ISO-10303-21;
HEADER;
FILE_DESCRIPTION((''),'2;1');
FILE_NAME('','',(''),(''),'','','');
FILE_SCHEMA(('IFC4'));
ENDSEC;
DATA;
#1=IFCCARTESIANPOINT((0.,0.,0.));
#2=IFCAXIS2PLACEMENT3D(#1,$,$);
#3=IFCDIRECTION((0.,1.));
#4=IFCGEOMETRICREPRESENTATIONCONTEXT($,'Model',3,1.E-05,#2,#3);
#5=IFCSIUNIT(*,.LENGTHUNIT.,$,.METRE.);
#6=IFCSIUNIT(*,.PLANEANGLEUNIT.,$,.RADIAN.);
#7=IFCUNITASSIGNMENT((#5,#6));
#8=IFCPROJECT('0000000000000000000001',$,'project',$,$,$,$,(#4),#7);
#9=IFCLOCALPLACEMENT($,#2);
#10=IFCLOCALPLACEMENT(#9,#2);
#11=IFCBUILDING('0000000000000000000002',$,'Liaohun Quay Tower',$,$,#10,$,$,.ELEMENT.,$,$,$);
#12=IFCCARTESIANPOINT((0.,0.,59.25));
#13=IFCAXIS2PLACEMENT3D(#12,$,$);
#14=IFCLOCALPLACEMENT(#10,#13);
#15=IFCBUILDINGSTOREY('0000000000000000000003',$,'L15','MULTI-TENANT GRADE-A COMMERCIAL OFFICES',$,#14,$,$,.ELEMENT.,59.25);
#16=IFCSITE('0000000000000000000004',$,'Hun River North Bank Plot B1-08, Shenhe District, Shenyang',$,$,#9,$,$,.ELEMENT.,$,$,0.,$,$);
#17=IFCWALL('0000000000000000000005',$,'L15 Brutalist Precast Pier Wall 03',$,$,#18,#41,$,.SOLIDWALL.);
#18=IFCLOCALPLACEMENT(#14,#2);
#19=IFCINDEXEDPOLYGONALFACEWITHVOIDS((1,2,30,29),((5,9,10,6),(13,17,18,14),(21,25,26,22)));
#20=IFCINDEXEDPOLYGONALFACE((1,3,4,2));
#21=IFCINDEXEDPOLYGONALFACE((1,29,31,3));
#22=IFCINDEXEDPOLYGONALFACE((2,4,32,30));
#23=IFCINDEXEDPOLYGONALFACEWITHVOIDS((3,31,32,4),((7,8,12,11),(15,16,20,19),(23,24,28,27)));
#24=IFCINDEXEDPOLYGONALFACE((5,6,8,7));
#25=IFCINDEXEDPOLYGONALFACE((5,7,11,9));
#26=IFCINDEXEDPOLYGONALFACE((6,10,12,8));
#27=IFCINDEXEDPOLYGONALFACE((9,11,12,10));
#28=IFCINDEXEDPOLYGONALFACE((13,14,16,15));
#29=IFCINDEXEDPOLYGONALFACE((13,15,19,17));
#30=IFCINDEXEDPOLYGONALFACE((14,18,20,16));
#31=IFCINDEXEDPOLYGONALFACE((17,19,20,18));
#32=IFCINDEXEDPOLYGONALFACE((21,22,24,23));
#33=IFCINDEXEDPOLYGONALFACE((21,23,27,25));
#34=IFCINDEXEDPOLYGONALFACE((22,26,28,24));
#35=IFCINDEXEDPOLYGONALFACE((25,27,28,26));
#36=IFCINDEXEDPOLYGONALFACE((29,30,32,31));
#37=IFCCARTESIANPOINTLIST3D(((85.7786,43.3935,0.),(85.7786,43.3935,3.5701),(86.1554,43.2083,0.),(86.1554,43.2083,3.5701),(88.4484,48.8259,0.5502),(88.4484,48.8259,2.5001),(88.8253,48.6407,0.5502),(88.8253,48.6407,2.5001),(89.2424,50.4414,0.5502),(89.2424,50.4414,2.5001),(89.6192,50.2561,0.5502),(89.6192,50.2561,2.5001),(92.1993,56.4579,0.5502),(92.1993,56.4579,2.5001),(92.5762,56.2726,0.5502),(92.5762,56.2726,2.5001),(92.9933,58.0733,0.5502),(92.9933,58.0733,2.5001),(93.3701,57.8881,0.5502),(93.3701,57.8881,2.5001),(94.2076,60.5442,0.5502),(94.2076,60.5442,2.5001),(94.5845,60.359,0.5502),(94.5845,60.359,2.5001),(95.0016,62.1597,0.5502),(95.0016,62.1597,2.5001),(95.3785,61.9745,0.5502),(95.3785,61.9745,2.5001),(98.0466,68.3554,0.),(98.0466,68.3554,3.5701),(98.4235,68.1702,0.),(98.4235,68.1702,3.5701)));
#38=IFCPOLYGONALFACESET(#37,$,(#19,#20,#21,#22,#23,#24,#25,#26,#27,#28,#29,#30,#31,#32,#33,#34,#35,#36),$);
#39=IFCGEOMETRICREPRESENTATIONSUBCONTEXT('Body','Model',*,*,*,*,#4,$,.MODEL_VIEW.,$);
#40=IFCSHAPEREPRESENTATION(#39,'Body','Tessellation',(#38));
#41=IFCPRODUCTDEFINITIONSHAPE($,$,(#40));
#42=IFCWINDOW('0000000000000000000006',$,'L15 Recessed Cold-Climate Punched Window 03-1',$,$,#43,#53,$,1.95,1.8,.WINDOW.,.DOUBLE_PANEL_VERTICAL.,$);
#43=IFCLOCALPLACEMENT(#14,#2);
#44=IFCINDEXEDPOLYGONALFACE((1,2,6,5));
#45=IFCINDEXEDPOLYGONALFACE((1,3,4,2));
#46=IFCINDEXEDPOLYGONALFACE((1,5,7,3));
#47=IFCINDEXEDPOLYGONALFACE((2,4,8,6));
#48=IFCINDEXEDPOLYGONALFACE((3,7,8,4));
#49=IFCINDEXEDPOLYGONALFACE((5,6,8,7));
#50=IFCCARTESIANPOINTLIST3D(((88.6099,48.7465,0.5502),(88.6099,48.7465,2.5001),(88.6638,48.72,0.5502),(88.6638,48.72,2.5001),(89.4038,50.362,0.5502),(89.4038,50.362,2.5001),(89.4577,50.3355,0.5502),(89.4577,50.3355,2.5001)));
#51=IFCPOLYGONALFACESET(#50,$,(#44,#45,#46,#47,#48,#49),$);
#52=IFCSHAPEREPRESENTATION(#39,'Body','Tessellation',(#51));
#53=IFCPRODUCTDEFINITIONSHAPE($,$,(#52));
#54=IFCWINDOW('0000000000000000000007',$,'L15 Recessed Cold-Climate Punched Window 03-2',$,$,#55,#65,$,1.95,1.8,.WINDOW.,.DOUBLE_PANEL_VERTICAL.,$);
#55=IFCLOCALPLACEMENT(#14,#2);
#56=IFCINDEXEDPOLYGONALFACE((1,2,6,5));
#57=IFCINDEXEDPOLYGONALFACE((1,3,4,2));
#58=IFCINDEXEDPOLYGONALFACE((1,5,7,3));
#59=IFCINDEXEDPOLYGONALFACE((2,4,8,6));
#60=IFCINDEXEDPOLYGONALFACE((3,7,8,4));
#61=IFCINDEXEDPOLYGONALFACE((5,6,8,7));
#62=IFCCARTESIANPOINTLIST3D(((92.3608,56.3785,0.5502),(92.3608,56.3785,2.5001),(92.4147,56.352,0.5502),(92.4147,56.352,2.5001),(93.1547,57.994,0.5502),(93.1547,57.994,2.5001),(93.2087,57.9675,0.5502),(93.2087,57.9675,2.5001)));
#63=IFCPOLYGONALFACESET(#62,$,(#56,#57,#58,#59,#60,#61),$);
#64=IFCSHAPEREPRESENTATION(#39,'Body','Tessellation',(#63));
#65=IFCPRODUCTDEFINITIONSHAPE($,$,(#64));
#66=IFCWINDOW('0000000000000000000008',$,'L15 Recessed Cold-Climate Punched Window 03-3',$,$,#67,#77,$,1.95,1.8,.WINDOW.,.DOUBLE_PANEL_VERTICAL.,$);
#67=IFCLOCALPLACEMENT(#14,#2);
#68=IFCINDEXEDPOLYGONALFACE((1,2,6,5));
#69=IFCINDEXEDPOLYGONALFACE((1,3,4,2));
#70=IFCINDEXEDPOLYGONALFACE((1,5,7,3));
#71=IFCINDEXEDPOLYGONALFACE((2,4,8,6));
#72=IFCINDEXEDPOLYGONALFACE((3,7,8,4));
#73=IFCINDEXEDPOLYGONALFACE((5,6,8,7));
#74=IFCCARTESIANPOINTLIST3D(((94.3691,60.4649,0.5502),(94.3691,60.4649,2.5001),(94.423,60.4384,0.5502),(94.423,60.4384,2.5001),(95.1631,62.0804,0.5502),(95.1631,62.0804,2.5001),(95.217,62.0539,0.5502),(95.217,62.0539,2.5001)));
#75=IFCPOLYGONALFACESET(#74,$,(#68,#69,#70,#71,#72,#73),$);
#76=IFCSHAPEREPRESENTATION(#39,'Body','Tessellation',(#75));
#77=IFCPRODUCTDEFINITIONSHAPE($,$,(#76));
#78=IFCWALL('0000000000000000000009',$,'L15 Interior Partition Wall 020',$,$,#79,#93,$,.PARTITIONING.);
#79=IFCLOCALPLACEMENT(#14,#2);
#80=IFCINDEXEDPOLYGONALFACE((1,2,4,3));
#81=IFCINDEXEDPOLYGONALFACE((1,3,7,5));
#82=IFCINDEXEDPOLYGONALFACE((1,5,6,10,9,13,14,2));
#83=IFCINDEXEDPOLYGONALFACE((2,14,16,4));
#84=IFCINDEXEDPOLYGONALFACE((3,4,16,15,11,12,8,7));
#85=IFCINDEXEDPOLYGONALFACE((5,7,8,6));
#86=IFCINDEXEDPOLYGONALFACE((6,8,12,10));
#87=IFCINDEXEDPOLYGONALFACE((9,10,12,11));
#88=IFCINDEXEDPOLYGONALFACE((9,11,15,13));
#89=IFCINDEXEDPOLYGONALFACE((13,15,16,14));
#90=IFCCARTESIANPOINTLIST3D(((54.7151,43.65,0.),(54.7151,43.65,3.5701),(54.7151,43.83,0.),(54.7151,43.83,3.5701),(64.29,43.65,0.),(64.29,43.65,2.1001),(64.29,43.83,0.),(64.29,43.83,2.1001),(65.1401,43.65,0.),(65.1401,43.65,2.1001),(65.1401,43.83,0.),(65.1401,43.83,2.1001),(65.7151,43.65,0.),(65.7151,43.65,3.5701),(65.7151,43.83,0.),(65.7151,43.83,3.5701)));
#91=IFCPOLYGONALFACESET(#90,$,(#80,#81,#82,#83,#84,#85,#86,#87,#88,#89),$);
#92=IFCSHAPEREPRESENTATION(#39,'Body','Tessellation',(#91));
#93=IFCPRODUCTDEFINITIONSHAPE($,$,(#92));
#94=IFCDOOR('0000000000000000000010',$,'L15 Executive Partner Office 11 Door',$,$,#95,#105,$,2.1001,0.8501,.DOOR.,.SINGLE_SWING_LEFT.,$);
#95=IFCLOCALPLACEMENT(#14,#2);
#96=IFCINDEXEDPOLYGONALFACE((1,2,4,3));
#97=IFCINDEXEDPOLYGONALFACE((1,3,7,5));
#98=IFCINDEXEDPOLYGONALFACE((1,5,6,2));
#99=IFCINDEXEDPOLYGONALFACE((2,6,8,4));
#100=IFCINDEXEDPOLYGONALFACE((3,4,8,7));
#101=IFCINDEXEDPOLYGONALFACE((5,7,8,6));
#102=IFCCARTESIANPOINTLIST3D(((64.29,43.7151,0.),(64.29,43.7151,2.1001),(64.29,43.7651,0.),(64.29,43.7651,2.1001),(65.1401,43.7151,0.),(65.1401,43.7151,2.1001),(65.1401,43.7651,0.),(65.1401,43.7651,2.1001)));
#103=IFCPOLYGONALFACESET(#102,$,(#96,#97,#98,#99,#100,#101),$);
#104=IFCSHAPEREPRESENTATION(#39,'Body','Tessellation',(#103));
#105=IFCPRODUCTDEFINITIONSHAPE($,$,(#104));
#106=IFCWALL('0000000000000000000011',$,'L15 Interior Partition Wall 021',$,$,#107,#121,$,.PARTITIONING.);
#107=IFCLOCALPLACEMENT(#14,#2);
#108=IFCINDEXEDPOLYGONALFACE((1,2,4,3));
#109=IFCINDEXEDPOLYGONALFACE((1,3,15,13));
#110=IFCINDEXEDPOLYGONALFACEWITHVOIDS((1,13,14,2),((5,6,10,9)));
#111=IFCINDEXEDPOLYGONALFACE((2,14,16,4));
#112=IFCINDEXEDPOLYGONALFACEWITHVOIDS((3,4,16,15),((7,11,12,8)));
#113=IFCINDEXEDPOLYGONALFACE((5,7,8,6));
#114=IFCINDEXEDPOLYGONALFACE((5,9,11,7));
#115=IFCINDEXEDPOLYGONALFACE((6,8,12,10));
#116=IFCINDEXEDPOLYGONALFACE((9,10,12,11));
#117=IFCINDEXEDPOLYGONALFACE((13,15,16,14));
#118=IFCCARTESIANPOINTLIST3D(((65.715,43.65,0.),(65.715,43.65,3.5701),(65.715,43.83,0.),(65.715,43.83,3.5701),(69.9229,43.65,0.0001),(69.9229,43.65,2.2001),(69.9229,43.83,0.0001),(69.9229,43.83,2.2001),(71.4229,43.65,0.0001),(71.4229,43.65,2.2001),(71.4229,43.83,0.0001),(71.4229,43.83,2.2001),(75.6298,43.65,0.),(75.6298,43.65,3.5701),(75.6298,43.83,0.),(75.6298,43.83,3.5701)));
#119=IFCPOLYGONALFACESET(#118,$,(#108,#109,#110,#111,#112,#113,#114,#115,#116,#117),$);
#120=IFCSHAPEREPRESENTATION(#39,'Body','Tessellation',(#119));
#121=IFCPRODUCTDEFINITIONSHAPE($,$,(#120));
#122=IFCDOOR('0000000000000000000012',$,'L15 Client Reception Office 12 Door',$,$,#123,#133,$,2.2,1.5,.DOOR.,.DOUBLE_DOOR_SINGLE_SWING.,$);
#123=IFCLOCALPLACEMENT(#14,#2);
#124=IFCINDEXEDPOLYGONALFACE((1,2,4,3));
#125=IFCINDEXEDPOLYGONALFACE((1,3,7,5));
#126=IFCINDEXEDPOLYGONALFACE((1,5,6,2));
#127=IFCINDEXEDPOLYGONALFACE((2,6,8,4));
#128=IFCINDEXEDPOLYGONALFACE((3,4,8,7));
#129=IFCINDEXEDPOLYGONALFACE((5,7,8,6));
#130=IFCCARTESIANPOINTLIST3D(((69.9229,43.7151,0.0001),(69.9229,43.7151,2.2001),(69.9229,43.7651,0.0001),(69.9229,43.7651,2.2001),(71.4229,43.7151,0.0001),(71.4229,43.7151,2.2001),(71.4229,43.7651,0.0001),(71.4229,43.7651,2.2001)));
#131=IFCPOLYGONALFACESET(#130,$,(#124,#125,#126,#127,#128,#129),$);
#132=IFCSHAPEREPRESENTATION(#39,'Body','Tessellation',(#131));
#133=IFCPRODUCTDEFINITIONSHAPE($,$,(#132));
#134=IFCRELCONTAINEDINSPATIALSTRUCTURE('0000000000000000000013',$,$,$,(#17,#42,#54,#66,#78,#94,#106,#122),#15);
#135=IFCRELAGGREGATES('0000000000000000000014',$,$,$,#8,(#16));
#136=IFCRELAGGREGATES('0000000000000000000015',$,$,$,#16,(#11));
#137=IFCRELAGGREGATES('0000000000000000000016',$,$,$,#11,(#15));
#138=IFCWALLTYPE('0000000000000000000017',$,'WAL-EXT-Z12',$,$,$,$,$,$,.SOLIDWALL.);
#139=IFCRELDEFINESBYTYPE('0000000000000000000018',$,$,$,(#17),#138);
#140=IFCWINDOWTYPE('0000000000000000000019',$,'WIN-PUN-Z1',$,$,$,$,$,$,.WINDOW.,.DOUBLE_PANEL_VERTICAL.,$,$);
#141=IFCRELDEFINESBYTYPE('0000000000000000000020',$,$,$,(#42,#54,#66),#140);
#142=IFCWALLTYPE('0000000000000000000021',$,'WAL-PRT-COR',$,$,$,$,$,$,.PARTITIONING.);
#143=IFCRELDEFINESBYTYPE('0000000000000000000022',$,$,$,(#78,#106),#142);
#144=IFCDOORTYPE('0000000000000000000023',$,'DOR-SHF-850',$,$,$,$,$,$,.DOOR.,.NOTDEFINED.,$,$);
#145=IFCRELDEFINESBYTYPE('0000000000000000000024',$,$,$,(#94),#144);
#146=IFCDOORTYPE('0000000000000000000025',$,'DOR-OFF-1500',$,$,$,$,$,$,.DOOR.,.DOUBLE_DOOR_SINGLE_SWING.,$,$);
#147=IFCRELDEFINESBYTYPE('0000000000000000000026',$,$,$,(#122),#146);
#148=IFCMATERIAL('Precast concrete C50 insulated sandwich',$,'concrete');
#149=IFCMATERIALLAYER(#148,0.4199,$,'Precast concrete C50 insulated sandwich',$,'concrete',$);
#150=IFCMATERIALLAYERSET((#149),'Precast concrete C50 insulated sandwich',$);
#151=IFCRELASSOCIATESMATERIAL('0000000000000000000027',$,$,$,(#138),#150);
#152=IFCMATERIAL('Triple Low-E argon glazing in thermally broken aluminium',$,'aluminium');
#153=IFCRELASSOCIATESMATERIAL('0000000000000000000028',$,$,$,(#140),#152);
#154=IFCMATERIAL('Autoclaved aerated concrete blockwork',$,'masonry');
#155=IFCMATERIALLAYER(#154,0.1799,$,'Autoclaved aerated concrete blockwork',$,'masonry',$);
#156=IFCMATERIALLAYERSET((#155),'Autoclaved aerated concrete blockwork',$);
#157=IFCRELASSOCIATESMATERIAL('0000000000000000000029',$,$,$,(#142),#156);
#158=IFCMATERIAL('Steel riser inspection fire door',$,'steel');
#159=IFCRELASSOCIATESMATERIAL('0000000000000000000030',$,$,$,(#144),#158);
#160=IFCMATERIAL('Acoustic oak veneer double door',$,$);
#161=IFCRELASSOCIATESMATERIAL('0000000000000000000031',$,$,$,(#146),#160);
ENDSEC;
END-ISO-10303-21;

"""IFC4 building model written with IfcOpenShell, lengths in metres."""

from ifc_helpers import new_model, si_unit, direction, frame, frame_2d, origin, place, context, subcontext, project, spatial, rectangle, extrude, source, transform, mapped, material, layer, layer_set, type_object, element, fill, save


model = new_model("IFC4")

# Units and contexts
model_context = context("Model", 3, precision=1e-05, world=origin(), true_north=direction((0.0, 1.0)))
body_context = subcontext(model_context, "Body", "Model", "MODEL_VIEW")
ifc_project = project(units=[si_unit("LENGTHUNIT", "METRE"), si_unit("PLANEANGLEUNIT", "RADIAN")], contexts=[model_context])

# Site, building, storey
site_placement = place(None, origin())
site = spatial("IfcSite", under=ifc_project, at=site_placement, Name="Hun River North Bank Plot B1-08, Shenhe District, Shenyang", CompositionType="ELEMENT", RefElevation=0.0)
building_placement = place(site_placement, origin())
building = spatial("IfcBuilding", under=site, at=building_placement, Name="Liaohun Quay Tower", CompositionType="ELEMENT")
storey_placement = place(building_placement, frame((0.0, 0.0, 59.25)))
storey = spatial("IfcBuildingStorey", under=building, at=storey_placement, Name="L15", Description="MULTI-TENANT GRADE-A COMMERCIAL OFFICES", CompositionType="ELEMENT", Elevation=59.25)

# Shared definitions
ifc_material_1 = material(Name="Precast concrete C50 insulated sandwich", Category="concrete")
ifc_layer_1 = layer(ifc_material_1, 0.4199, Name="Precast concrete C50 insulated sandwich", Category="concrete")
ifc_layer_set_1 = layer_set([ifc_layer_1], Name="Precast concrete C50 insulated sandwich")
wall_type_1 = type_object("IfcWallType", Name="WAL-EXT-Z12", PredefinedType="SOLIDWALL", material=ifc_layer_set_1)

# Wall, openings, windows
shared_shape_1 = source(origin(), body_context, "Body", "SweptSolid", [
    extrude(rectangle(XDim=1.8, YDim=1.95, at=frame_2d((0.8999, 0.9751))), frame((0.0, 0.22, 0.0), z_axis=(0.0, -1.0, 0.0), x_axis=(1.0, 0.0, 0.0)), (0.0, 0.0, 1.0), 0.4399),
])
ifc_material_2 = material(Name="Triple Low-E argon glazing in thermally broken aluminium", Category="aluminium")
window_type_1 = type_object("IfcWindowType", Name="WIN-PUN-Z1", PartitioningType="DOUBLE_PANEL_VERTICAL", PredefinedType="WINDOW", material=ifc_material_2)
shared_shape_2 = source(origin(), body_context, "Body", "SweptSolid", [
    extrude(rectangle(XDim=1.8, YDim=1.95, at=frame_2d((0.8999, 0.9751))), frame((0.0, 0.03, 0.0), z_axis=(0.0, -1.0, 0.0), x_axis=(1.0, 0.0, 0.0)), (0.0, 0.0, 1.0), 0.0601),
])
wall_1_placement = place(storey_placement, frame((85.967, 43.301, 0.0), z_axis=(0.0, 0.0, 1.0), x_axis=(0.44108, 0.897468, 0.0)))
wall_1 = element("IfcWall", 1, at=wall_1_placement, inside=storey, type_object=wall_type_1, Name="L15 Brutalist Precast Pier Wall 03", PredefinedType="SOLIDWALL", context=body_context, shape_type="SweptSolid", body=[
    extrude(rectangle(XDim=27.8137, YDim=0.4199, at=frame_2d((13.9067, 0.0))), origin(), (0.0, 0.0, 1.0), 3.5701),
])
opening_1_placement = place(wall_1_placement, frame((6.053, 0.0, 0.55)))
opening_1 = element("IfcOpeningElement", 2, at=opening_1_placement, cuts=wall_1, PredefinedType="OPENING", context=body_context, shape_type="MappedRepresentation", body=[
    mapped(shared_shape_1, transform((0.0, 0.0, 0.0), x_axis=(1.0, 0.0, 0.0), y_axis=(0.0, 1.0, 0.0), z_axis=(0.0, 0.0, 1.0), scale=1.0)),
])
opening_2_placement = place(wall_1_placement, frame((14.5569, 0.0, 0.55)))
opening_2 = element("IfcOpeningElement", 3, at=opening_2_placement, cuts=wall_1, PredefinedType="OPENING", context=body_context, shape_type="MappedRepresentation", body=[
    mapped(shared_shape_1, transform((0.0, 0.0, 0.0), x_axis=(1.0, 0.0, 0.0), y_axis=(0.0, 1.0, 0.0), z_axis=(0.0, 0.0, 1.0), scale=1.0)),
])
opening_3_placement = place(wall_1_placement, frame((19.1101, 0.0, 0.55)))
opening_3 = element("IfcOpeningElement", 4, at=opening_3_placement, cuts=wall_1, PredefinedType="OPENING", context=body_context, shape_type="MappedRepresentation", body=[
    mapped(shared_shape_1, transform((0.0, 0.0, 0.0), x_axis=(1.0, 0.0, 0.0), y_axis=(0.0, 1.0, 0.0), z_axis=(0.0, 0.0, 1.0), scale=1.0)),
])
window_1_placement = place(opening_1_placement, origin())
window_1 = element("IfcWindow", 5, at=window_1_placement, inside=storey, type_object=window_type_1, Name="L15 Recessed Cold-Climate Punched Window 03-1", OverallHeight=1.95, OverallWidth=1.8, PartitioningType="DOUBLE_PANEL_VERTICAL", PredefinedType="WINDOW", context=body_context, shape_type="MappedRepresentation", body=[
    mapped(shared_shape_2, transform((0.0, 0.0, 0.0), x_axis=(1.0, 0.0, 0.0), y_axis=(0.0, 1.0, 0.0), z_axis=(0.0, 0.0, 1.0), scale=1.0)),
])
fill(opening_1, window_1)
window_2_placement = place(opening_2_placement, origin())
window_2 = element("IfcWindow", 6, at=window_2_placement, inside=storey, type_object=window_type_1, Name="L15 Recessed Cold-Climate Punched Window 03-2", OverallHeight=1.95, OverallWidth=1.8, PartitioningType="DOUBLE_PANEL_VERTICAL", PredefinedType="WINDOW", context=body_context, shape_type="MappedRepresentation", body=[
    mapped(shared_shape_2, transform((0.0, 0.0, 0.0), x_axis=(1.0, 0.0, 0.0), y_axis=(0.0, 1.0, 0.0), z_axis=(0.0, 0.0, 1.0), scale=1.0)),
])
fill(opening_2, window_2)
window_3_placement = place(opening_3_placement, origin())
window_3 = element("IfcWindow", 7, at=window_3_placement, inside=storey, type_object=window_type_1, Name="L15 Recessed Cold-Climate Punched Window 03-3", OverallHeight=1.95, OverallWidth=1.8, PartitioningType="DOUBLE_PANEL_VERTICAL", PredefinedType="WINDOW", context=body_context, shape_type="MappedRepresentation", body=[
    mapped(shared_shape_2, transform((0.0, 0.0, 0.0), x_axis=(1.0, 0.0, 0.0), y_axis=(0.0, 1.0, 0.0), z_axis=(0.0, 0.0, 1.0), scale=1.0)),
])
fill(opening_3, window_3)

# Walls, openings, doors
ifc_material_3 = material(Name="Autoclaved aerated concrete blockwork", Category="masonry")
ifc_layer_2 = layer(ifc_material_3, 0.1799, Name="Autoclaved aerated concrete blockwork", Category="masonry")
ifc_layer_set_2 = layer_set([ifc_layer_2], Name="Autoclaved aerated concrete blockwork")
wall_type_2 = type_object("IfcWallType", Name="WAL-PRT-COR", PredefinedType="PARTITIONING", material=ifc_layer_set_2)
wall_2_placement = place(storey_placement, frame((65.7151, 43.74, 0.0), z_axis=(0.0, 0.0, 1.0), x_axis=(-1.0, 0.0, 0.0)))
wall_2 = element("IfcWall", 8, at=wall_2_placement, inside=storey, type_object=wall_type_2, Name="L15 Interior Partition Wall 020", PredefinedType="PARTITIONING", context=body_context, shape_type="SweptSolid", body=[
    extrude(rectangle(XDim=11.0, YDim=0.1799, at=frame_2d((5.5, 0.0))), origin(), (0.0, 0.0, 1.0), 3.5701),
])
shared_shape_3 = source(origin(), body_context, "Body", "SweptSolid", [
    extrude(rectangle(XDim=0.8501, YDim=2.1001, at=frame_2d((0.425, 1.05))), frame((0.0, 0.0999, 0.0), z_axis=(0.0, -1.0, 0.0), x_axis=(1.0, 0.0, 0.0)), (0.0, 0.0, 1.0), 0.2),
])
opening_4_placement = place(wall_2_placement, frame((0.575, 0.0, 0.0)))
opening_4 = element("IfcOpeningElement", 9, at=opening_4_placement, cuts=wall_2, PredefinedType="OPENING", context=body_context, shape_type="MappedRepresentation", body=[
    mapped(shared_shape_3, transform((0.0, 0.0, 0.0), x_axis=(1.0, 0.0, 0.0), y_axis=(0.0, 1.0, 0.0), z_axis=(0.0, 0.0, 1.0), scale=1.0)),
])
ifc_material_4 = material(Name="Steel riser inspection fire door", Category="steel")
door_type_1 = type_object("IfcDoorType", Name="DOR-SHF-850", OperationType="NOTDEFINED", PredefinedType="DOOR", material=ifc_material_4)
shared_shape_4 = source(origin(), body_context, "Body", "SweptSolid", [
    extrude(rectangle(XDim=0.8501, YDim=2.1001, at=frame_2d((0.425, 1.05))), frame((0.0, 0.0249, 0.0), z_axis=(0.0, -1.0, 0.0), x_axis=(1.0, 0.0, 0.0)), (0.0, 0.0, 1.0), 0.05),
])
door_1_placement = place(opening_4_placement, origin())
door_1 = element("IfcDoor", 10, at=door_1_placement, inside=storey, type_object=door_type_1, Name="L15 Executive Partner Office 11 Door", OperationType="SINGLE_SWING_LEFT", OverallHeight=2.1001, OverallWidth=0.8501, PredefinedType="DOOR", context=body_context, shape_type="MappedRepresentation", body=[
    mapped(shared_shape_4, transform((0.0, 0.0, 0.0), x_axis=(1.0, 0.0, 0.0), y_axis=(0.0, 1.0, 0.0), z_axis=(0.0, 0.0, 1.0), scale=1.0)),
])
fill(opening_4, door_1)
wall_3_placement = place(storey_placement, frame((75.6299, 43.74, 0.0), z_axis=(0.0, 0.0, 1.0), x_axis=(-1.0, 0.0, 0.0)))
wall_3 = element("IfcWall", 11, at=wall_3_placement, inside=storey, type_object=wall_type_2, Name="L15 Interior Partition Wall 021", PredefinedType="PARTITIONING", context=body_context, shape_type="SweptSolid", body=[
    extrude(rectangle(XDim=9.9148, YDim=0.1799, at=frame_2d((4.9575, 0.0))), origin(), (0.0, 0.0, 1.0), 3.5701),
])
shared_shape_5 = source(origin(), body_context, "Body", "SweptSolid", [
    extrude(rectangle(XDim=1.5, YDim=2.2, at=frame_2d((0.75, 1.1001))), frame((0.0, 0.0999, 0.0), z_axis=(0.0, -1.0, 0.0), x_axis=(1.0, 0.0, 0.0)), (0.0, 0.0, 1.0), 0.2),
])
opening_5_placement = place(wall_3_placement, frame((4.207, 0.0, 0.0)))
opening_5 = element("IfcOpeningElement", 12, at=opening_5_placement, cuts=wall_3, PredefinedType="OPENING", context=body_context, shape_type="MappedRepresentation", body=[
    mapped(shared_shape_5, transform((0.0, 0.0, 0.0), x_axis=(1.0, 0.0, 0.0), y_axis=(0.0, 1.0, 0.0), z_axis=(0.0, 0.0, 1.0), scale=1.0)),
])
ifc_material_5 = material(Name="Acoustic oak veneer double door")
door_type_2 = type_object("IfcDoorType", Name="DOR-OFF-1500", OperationType="DOUBLE_DOOR_SINGLE_SWING", PredefinedType="DOOR", material=ifc_material_5)
shared_shape_6 = source(origin(), body_context, "Body", "SweptSolid", [
    extrude(rectangle(XDim=1.5, YDim=2.2, at=frame_2d((0.75, 1.1001))), frame((0.0, 0.0249, 0.0), z_axis=(0.0, -1.0, 0.0), x_axis=(1.0, 0.0, 0.0)), (0.0, 0.0, 1.0), 0.05),
])
door_2_placement = place(opening_5_placement, origin())
door_2 = element("IfcDoor", 13, at=door_2_placement, inside=storey, type_object=door_type_2, Name="L15 Client Reception Office 12 Door", OperationType="DOUBLE_DOOR_SINGLE_SWING", OverallHeight=2.2, OverallWidth=1.5, PredefinedType="DOOR", context=body_context, shape_type="MappedRepresentation", body=[
    mapped(shared_shape_6, transform((0.0, 0.0, 0.0), x_axis=(1.0, 0.0, 0.0), y_axis=(0.0, 1.0, 0.0), z_axis=(0.0, 0.0, 1.0), scale=1.0)),
])
fill(opening_5, door_2)

save(model, "model.ifc")
